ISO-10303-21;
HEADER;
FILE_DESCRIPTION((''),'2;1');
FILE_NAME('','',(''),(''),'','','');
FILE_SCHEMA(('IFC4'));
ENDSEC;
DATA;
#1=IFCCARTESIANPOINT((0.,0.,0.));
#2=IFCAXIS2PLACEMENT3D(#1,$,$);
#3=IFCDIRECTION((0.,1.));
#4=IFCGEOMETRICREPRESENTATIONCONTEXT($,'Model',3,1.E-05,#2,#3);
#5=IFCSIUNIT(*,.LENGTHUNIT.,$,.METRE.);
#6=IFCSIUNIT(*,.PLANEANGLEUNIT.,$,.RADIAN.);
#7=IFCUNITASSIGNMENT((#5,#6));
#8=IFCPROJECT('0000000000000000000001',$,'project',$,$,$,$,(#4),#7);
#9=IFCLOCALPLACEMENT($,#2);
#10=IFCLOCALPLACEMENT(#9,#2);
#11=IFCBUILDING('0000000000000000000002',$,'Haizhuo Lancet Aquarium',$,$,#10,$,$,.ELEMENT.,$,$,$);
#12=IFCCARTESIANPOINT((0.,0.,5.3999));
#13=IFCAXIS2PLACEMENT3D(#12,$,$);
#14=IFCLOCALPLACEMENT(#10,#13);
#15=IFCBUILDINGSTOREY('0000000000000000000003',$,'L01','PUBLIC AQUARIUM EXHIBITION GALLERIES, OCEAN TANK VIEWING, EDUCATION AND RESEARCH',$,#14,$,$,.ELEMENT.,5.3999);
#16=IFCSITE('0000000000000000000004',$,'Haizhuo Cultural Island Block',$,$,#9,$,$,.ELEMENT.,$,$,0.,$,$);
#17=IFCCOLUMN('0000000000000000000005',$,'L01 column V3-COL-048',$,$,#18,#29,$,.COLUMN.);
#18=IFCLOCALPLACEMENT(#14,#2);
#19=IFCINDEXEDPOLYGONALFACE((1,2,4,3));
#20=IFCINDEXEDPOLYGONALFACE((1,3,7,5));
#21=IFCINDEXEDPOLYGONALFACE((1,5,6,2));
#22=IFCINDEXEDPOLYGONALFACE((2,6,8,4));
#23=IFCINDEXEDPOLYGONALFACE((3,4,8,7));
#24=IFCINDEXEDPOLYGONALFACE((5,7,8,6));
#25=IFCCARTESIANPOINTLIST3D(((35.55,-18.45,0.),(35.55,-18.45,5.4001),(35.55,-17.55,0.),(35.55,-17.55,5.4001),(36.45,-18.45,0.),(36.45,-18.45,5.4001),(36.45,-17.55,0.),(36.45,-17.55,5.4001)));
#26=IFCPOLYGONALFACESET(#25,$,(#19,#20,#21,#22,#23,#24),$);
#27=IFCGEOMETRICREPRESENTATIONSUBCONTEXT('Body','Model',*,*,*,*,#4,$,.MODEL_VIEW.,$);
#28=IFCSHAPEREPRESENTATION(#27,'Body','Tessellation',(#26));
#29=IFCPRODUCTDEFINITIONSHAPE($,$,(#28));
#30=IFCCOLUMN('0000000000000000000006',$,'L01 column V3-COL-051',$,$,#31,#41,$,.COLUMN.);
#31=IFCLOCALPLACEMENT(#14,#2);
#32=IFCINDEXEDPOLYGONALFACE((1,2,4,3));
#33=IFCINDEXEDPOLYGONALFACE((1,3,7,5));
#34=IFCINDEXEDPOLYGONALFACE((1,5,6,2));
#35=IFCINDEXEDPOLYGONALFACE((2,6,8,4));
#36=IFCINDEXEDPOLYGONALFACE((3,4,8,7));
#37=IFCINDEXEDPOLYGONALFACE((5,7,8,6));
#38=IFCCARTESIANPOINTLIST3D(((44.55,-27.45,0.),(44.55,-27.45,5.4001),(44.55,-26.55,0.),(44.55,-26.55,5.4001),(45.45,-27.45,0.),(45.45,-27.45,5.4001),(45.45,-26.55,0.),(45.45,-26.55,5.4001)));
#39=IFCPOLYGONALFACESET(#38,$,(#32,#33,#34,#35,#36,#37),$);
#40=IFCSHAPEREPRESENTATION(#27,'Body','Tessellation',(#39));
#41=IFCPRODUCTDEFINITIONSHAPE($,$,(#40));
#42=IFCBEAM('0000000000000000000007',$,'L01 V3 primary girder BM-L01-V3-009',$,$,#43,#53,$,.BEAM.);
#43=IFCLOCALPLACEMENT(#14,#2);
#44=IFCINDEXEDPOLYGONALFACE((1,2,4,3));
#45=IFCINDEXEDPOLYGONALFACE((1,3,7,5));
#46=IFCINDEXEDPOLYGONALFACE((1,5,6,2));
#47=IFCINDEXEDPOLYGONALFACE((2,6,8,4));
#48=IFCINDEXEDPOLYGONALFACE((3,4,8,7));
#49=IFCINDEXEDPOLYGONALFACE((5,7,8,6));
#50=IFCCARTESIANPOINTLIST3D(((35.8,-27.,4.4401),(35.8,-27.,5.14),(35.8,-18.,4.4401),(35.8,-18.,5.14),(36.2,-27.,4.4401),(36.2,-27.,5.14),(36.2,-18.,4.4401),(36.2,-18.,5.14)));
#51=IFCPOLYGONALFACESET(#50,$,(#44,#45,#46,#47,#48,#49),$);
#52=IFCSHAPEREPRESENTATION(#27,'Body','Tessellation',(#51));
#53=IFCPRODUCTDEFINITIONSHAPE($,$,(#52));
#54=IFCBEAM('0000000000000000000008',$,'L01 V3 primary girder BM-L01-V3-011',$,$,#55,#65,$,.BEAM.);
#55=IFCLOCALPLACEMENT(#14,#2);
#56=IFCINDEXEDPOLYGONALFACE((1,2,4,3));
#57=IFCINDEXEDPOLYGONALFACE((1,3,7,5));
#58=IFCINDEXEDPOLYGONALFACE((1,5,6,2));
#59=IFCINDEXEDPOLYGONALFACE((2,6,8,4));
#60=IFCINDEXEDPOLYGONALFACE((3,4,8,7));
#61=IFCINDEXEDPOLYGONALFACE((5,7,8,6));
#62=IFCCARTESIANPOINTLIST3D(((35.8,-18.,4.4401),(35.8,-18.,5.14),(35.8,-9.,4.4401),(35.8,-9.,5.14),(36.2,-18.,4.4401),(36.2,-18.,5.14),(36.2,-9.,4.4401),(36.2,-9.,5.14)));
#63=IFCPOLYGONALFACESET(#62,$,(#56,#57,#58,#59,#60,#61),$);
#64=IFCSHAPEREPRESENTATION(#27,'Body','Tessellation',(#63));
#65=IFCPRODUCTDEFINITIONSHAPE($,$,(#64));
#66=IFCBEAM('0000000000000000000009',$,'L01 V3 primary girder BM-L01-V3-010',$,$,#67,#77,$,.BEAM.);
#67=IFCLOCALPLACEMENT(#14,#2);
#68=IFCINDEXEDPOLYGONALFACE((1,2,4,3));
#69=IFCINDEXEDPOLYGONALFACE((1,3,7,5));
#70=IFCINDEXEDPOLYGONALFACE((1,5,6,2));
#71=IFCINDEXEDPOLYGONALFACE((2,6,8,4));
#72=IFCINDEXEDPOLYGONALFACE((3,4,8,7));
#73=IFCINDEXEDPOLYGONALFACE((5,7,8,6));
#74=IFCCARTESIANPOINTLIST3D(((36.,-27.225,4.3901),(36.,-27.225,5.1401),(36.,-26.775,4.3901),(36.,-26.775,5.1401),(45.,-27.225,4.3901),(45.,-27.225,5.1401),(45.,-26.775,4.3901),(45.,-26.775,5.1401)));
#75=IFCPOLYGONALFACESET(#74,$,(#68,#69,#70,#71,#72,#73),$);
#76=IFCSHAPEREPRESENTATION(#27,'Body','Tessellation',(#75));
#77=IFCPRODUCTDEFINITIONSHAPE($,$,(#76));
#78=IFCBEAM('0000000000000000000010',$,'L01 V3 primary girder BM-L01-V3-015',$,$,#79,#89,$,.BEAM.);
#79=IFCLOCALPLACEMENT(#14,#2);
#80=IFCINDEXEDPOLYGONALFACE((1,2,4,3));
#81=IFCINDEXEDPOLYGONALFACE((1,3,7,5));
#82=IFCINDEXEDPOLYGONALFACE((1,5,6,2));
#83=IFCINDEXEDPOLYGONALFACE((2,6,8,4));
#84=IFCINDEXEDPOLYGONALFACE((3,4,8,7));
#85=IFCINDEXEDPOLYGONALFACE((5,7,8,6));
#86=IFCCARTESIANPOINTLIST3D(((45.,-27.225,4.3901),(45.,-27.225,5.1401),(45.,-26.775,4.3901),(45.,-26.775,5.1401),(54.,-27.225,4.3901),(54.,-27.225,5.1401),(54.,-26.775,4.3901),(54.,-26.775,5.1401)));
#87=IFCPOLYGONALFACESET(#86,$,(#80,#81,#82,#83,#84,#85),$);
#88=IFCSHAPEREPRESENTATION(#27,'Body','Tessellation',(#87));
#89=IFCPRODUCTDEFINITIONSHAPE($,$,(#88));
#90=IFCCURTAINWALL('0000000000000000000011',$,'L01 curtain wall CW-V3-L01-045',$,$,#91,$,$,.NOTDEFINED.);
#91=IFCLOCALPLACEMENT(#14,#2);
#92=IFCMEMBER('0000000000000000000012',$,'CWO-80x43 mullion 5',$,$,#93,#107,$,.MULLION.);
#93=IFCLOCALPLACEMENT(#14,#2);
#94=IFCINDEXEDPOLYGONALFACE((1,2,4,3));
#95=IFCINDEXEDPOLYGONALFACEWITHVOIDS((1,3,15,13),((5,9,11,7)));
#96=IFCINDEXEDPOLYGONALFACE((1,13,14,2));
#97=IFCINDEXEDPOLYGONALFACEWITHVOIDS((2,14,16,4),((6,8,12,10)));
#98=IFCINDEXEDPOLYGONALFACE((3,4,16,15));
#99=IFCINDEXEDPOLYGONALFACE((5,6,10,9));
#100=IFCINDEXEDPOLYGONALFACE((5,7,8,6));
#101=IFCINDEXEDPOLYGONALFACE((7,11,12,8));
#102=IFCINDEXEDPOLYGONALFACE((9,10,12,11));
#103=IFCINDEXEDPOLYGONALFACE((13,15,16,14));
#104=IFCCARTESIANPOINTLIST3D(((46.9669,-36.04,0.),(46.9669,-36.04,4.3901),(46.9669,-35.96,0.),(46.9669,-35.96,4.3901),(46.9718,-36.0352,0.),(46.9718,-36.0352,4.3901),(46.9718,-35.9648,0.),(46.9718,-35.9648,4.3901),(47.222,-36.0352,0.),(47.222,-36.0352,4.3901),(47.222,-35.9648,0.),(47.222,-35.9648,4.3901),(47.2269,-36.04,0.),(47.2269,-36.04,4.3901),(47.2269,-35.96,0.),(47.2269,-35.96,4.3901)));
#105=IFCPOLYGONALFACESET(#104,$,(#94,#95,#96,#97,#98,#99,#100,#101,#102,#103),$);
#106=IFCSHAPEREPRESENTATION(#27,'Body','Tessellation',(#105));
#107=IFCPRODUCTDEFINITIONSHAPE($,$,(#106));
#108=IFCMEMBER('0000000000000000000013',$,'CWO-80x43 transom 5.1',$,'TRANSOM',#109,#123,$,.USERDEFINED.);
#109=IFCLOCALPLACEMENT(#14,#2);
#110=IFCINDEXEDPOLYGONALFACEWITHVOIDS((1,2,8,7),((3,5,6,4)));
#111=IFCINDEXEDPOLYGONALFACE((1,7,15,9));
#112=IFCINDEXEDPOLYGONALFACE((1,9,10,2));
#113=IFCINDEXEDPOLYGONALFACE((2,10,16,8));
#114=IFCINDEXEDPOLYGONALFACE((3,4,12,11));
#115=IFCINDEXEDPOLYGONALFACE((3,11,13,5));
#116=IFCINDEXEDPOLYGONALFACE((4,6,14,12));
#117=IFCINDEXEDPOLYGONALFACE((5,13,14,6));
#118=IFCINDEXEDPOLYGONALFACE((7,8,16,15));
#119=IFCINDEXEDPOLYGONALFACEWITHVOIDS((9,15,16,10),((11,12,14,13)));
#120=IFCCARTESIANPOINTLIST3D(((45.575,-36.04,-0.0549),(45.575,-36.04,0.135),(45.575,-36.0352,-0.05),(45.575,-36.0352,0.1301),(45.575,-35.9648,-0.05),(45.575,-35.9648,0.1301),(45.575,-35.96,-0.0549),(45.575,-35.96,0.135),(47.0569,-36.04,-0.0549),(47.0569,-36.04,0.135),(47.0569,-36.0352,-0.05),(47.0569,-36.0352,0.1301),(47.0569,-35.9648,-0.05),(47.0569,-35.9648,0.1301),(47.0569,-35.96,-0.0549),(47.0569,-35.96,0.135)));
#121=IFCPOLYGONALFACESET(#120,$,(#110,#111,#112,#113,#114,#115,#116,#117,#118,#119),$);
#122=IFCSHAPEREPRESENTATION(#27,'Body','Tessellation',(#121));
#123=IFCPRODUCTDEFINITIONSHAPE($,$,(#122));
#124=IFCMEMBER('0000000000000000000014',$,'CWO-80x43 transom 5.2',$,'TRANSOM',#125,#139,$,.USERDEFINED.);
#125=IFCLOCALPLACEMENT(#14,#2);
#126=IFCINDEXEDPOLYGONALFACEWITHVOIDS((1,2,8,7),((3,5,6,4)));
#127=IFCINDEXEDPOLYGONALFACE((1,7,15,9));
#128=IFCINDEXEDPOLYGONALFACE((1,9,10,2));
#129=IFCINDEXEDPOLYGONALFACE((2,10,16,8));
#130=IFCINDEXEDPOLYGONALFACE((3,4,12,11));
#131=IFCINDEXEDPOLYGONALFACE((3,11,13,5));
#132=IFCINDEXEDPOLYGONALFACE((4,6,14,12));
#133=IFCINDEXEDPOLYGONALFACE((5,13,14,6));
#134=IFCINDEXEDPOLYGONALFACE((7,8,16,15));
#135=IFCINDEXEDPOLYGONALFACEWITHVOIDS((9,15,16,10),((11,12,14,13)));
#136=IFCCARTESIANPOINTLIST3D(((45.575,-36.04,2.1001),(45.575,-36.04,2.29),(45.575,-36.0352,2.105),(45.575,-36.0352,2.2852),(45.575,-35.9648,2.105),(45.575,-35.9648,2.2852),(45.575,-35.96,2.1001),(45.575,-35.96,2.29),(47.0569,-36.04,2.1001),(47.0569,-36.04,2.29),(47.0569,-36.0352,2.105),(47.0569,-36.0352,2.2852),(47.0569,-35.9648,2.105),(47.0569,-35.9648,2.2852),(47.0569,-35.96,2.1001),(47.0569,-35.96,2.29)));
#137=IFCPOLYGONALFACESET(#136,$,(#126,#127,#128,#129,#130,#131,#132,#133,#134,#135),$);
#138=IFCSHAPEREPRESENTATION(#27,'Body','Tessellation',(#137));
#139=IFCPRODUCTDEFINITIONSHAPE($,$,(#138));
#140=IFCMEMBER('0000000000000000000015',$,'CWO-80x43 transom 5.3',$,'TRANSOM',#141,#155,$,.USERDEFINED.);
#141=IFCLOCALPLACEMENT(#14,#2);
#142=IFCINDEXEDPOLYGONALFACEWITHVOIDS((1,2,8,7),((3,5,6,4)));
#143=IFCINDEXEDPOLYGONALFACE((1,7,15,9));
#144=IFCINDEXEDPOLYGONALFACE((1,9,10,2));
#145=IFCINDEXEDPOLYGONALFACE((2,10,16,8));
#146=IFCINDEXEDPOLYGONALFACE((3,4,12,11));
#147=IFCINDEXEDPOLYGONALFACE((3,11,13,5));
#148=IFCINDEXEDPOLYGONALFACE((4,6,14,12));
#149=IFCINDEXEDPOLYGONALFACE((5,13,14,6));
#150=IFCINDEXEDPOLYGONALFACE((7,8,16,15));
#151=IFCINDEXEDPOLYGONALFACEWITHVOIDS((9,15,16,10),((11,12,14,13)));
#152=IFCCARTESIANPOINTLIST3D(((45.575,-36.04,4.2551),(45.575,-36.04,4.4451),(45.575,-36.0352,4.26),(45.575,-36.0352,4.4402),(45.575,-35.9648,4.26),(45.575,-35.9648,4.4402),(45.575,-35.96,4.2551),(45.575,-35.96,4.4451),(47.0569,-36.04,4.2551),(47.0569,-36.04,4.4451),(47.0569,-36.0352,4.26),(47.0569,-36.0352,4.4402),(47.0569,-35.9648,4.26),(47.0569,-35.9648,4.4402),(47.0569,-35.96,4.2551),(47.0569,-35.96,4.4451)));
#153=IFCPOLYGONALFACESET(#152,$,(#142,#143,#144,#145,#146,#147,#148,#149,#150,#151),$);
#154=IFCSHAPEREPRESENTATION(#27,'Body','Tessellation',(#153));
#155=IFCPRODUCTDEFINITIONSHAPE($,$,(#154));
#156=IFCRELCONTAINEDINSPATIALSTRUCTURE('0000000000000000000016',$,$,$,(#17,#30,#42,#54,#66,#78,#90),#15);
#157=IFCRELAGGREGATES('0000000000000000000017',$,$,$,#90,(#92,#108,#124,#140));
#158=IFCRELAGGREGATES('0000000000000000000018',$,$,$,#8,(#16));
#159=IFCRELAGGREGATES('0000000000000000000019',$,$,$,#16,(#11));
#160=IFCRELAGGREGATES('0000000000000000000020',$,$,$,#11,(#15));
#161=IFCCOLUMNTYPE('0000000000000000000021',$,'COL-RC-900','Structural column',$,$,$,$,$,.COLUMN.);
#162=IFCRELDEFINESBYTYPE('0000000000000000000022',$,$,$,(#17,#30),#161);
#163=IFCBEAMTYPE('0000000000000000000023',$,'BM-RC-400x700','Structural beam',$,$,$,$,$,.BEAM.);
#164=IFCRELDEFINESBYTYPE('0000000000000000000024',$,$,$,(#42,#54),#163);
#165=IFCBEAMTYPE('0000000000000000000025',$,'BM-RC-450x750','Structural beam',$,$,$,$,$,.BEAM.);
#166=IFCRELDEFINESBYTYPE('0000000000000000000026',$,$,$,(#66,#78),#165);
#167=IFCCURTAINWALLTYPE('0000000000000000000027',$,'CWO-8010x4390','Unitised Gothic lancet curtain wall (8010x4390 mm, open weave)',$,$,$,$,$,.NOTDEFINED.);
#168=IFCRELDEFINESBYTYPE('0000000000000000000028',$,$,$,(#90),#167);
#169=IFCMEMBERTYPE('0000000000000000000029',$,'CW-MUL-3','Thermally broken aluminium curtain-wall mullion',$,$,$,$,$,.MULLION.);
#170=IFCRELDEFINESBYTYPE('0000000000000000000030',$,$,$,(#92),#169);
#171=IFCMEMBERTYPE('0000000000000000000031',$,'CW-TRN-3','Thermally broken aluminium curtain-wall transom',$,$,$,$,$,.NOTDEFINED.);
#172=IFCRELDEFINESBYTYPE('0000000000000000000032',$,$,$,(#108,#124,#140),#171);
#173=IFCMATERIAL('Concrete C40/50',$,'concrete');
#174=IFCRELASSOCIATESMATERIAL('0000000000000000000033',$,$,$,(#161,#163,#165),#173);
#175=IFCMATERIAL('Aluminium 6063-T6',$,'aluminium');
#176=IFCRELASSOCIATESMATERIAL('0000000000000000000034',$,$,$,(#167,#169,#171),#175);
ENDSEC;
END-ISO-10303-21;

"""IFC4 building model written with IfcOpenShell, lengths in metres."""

from ifc_helpers import new_model, si_unit, direction, frame, origin, origin_2d, place, context, subcontext, project, spatial, rectangle, hollow_rectangle, extrude, material, material_profile, profile_set, type_object, element, aggregate, save


model = new_model("IFC4")

# Units and contexts
model_context = context("Model", 3, precision=1e-05, world=origin(), true_north=direction((0.0, 1.0)))
body_context = subcontext(model_context, "Body", "Model", "MODEL_VIEW")
ifc_project = project(units=[si_unit("LENGTHUNIT", "METRE"), si_unit("PLANEANGLEUNIT", "RADIAN")], contexts=[model_context])

# Site, building, storey
site_placement = place(None, origin())
site = spatial("IfcSite", under=ifc_project, at=site_placement, Name="Haizhuo Cultural Island Block", CompositionType="ELEMENT", RefElevation=0.0)
building_placement = place(site_placement, origin())
building = spatial("IfcBuilding", under=site, at=building_placement, Name="Haizhuo Lancet Aquarium", CompositionType="ELEMENT")
storey_placement = place(building_placement, frame((0.0, 0.0, 5.3999)))
storey = spatial("IfcBuildingStorey", under=building, at=storey_placement, Name="L01", Description="PUBLIC AQUARIUM EXHIBITION GALLERIES, OCEAN TANK VIEWING, EDUCATION AND RESEARCH", CompositionType="ELEMENT", Elevation=5.3999)

# Columns
ifc_material_1 = material(Name="Concrete C40/50", Category="concrete")
ifc_material_profile_1 = material_profile(ifc_material_1, rectangle(XDim=0.8999, YDim=0.8999, at=origin_2d()), Name="RC-COL 900x900")
ifc_profile_set_1 = profile_set([ifc_material_profile_1], Name="Concrete C40/50")
column_type = type_object("IfcColumnType", Name="COL-RC-900", Description="Structural column", PredefinedType="COLUMN", material=ifc_profile_set_1)
for number, where, z_axis, x_axis, name in (
    (1, (36.0, -18.0, 0.0), (0.0, 0.0, 1.0), (1.0, 0.0, 0.0), "L01 column V3-COL-048"),
    (2, (45.0, -27.0, 0.0), (0.0, 0.0, 1.0), (1.0, 0.0, 0.0), "L01 column V3-COL-051"),
):
    element("IfcColumn", number, at=place(storey_placement, frame(where, z_axis=z_axis, x_axis=x_axis)), inside=storey, type_object=column_type, Name=name, PredefinedType="COLUMN", context=body_context, shape_type="SweptSolid", body=[
        extrude(rectangle(XDim=0.8999, YDim=0.8999, at=origin_2d()), origin(), (0.0, 0.0, 1.0), 5.4001),
    ])

# Beams
ifc_material_profile_2 = material_profile(ifc_material_1, rectangle(XDim=0.3999, YDim=0.7, at=origin_2d()), Name="RC-BM 400x700")
ifc_profile_set_2 = profile_set([ifc_material_profile_2], Name="Concrete C40/50")
beam_type_1 = type_object("IfcBeamType", Name="BM-RC-400x700", Description="Structural beam", PredefinedType="BEAM", material=ifc_profile_set_2)
for number, where, z_axis, x_axis, name in (
    (3, (36.0, -27.0, 4.79), (0.0, 1.0, 0.0), (-1.0, 0.0, 0.0), "L01 V3 primary girder BM-L01-V3-009"),
    (4, (36.0, -18.0, 4.79), (0.0, 1.0, 0.0), (-1.0, 0.0, 0.0), "L01 V3 primary girder BM-L01-V3-011"),
):
    element("IfcBeam", number, at=place(storey_placement, frame(where, z_axis=z_axis, x_axis=x_axis)), inside=storey, type_object=beam_type_1, Name=name, PredefinedType="BEAM", context=body_context, shape_type="SweptSolid", body=[
        extrude(rectangle(XDim=0.3999, YDim=0.7, at=origin_2d()), origin(), (0.0, 0.0, 1.0), 9.0),
    ])
ifc_material_profile_3 = material_profile(ifc_material_1, rectangle(XDim=0.45, YDim=0.75, at=origin_2d()), Name="RC-BM 450x750")
ifc_profile_set_3 = profile_set([ifc_material_profile_3], Name="Concrete C40/50")
beam_type_2 = type_object("IfcBeamType", Name="BM-RC-450x750", Description="Structural beam", PredefinedType="BEAM", material=ifc_profile_set_3)
for number, where, z_axis, x_axis, name in (
    (5, (36.0, -27.0, 4.7651), (1.0, 0.0, 0.0), (0.0, 1.0, 0.0), "L01 V3 primary girder BM-L01-V3-010"),
    (6, (45.0, -27.0, 4.7651), (1.0, 0.0, 0.0), (0.0, 1.0, 0.0), "L01 V3 primary girder BM-L01-V3-015"),
):
    element("IfcBeam", number, at=place(storey_placement, frame(where, z_axis=z_axis, x_axis=x_axis)), inside=storey, type_object=beam_type_2, Name=name, PredefinedType="BEAM", context=body_context, shape_type="SweptSolid", body=[
        extrude(rectangle(XDim=0.45, YDim=0.75, at=origin_2d()), origin(), (0.0, 0.0, 1.0), 9.0),
    ])

# Curtain wall, members
ifc_material_2 = material(Name="Aluminium 6063-T6", Category="aluminium")
curtain_wall_type = type_object("IfcCurtainWallType", Name="CWO-8010x4390", Description="Unitised Gothic lancet curtain wall (8010x4390 mm, open weave)", PredefinedType="NOTDEFINED", material=ifc_material_2)
curtain_wall_placement = place(storey_placement, origin())
curtain_wall = element("IfcCurtainWall", 7, at=curtain_wall_placement, inside=storey, type_object=curtain_wall_type, Name="L01 curtain wall CW-V3-L01-045", PredefinedType="NOTDEFINED")
ifc_material_profile_4 = material_profile(ifc_material_2, hollow_rectangle(XDim=0.0801, YDim=0.26, WallThickness=0.0049, at=origin_2d()), Name="ALU-M 80x260x5")
ifc_profile_set_4 = profile_set([ifc_material_profile_4], Name="Aluminium 6063-T6")
member_type_1 = type_object("IfcMemberType", Name="CW-MUL-3", Description="Thermally broken aluminium curtain-wall mullion", PredefinedType="MULLION", material=ifc_profile_set_4)
member_1_placement = place(storey_placement, frame((47.0969, -36.0, 0.0), z_axis=(0.0, 0.0, 1.0), x_axis=(0.0, -1.0, 0.0)))
member_1 = element("IfcMember", 8, at=member_1_placement, type_object=member_type_1, Name="CWO-80x43 mullion 5", PredefinedType="MULLION", context=body_context, shape_type="SweptSolid", body=[
    extrude(hollow_rectangle(XDim=0.0801, YDim=0.26, WallThickness=0.0049, at=origin_2d()), origin(), (0.0, 0.0, 1.0), 4.3901),
])
ifc_material_profile_5 = material_profile(ifc_material_2, hollow_rectangle(XDim=0.0801, YDim=0.1899, WallThickness=0.0049, at=origin_2d()), Name="ALU-T 80x190x5")
ifc_profile_set_5 = profile_set([ifc_material_profile_5], Name="Aluminium 6063-T6")
member_type_2 = type_object("IfcMemberType", Name="CW-TRN-3", Description="Thermally broken aluminium curtain-wall transom", PredefinedType="NOTDEFINED", material=ifc_profile_set_5)
member_2_placement = place(storey_placement, frame((47.0569, -36.0, 0.04), z_axis=(-1.0, 0.0, 0.0), x_axis=(0.0, -1.0, 0.0)))
member_2 = element("IfcMember", 9, at=member_2_placement, type_object=member_type_2, Name="CWO-80x43 transom 5.1", ObjectType="TRANSOM", PredefinedType="USERDEFINED", context=body_context, shape_type="SweptSolid", body=[
    extrude(hollow_rectangle(XDim=0.0801, YDim=0.1899, WallThickness=0.0049, at=origin_2d()), origin(), (0.0, 0.0, 1.0), 1.4819),
])
member_3_placement = place(storey_placement, frame((47.0569, -36.0, 2.1951), z_axis=(-1.0, 0.0, 0.0), x_axis=(0.0, -1.0, 0.0)))
member_3 = element("IfcMember", 10, at=member_3_placement, type_object=member_type_2, Name="CWO-80x43 transom 5.2", ObjectType="TRANSOM", PredefinedType="USERDEFINED", context=body_context, shape_type="SweptSolid", body=[
    extrude(hollow_rectangle(XDim=0.0801, YDim=0.1899, WallThickness=0.0049, at=origin_2d()), origin(), (0.0, 0.0, 1.0), 1.4819),
])
member_4_placement = place(storey_placement, frame((47.0569, -36.0, 4.3501), z_axis=(-1.0, 0.0, 0.0), x_axis=(0.0, -1.0, 0.0)))
member_4 = element("IfcMember", 11, at=member_4_placement, type_object=member_type_2, Name="CWO-80x43 transom 5.3", ObjectType="TRANSOM", PredefinedType="USERDEFINED", context=body_context, shape_type="SweptSolid", body=[
    extrude(hollow_rectangle(XDim=0.0801, YDim=0.1899, WallThickness=0.0049, at=origin_2d()), origin(), (0.0, 0.0, 1.0), 1.4819),
])
aggregate(curtain_wall, [member_1, member_2, member_3, member_4])

save(model, "model.ifc")
